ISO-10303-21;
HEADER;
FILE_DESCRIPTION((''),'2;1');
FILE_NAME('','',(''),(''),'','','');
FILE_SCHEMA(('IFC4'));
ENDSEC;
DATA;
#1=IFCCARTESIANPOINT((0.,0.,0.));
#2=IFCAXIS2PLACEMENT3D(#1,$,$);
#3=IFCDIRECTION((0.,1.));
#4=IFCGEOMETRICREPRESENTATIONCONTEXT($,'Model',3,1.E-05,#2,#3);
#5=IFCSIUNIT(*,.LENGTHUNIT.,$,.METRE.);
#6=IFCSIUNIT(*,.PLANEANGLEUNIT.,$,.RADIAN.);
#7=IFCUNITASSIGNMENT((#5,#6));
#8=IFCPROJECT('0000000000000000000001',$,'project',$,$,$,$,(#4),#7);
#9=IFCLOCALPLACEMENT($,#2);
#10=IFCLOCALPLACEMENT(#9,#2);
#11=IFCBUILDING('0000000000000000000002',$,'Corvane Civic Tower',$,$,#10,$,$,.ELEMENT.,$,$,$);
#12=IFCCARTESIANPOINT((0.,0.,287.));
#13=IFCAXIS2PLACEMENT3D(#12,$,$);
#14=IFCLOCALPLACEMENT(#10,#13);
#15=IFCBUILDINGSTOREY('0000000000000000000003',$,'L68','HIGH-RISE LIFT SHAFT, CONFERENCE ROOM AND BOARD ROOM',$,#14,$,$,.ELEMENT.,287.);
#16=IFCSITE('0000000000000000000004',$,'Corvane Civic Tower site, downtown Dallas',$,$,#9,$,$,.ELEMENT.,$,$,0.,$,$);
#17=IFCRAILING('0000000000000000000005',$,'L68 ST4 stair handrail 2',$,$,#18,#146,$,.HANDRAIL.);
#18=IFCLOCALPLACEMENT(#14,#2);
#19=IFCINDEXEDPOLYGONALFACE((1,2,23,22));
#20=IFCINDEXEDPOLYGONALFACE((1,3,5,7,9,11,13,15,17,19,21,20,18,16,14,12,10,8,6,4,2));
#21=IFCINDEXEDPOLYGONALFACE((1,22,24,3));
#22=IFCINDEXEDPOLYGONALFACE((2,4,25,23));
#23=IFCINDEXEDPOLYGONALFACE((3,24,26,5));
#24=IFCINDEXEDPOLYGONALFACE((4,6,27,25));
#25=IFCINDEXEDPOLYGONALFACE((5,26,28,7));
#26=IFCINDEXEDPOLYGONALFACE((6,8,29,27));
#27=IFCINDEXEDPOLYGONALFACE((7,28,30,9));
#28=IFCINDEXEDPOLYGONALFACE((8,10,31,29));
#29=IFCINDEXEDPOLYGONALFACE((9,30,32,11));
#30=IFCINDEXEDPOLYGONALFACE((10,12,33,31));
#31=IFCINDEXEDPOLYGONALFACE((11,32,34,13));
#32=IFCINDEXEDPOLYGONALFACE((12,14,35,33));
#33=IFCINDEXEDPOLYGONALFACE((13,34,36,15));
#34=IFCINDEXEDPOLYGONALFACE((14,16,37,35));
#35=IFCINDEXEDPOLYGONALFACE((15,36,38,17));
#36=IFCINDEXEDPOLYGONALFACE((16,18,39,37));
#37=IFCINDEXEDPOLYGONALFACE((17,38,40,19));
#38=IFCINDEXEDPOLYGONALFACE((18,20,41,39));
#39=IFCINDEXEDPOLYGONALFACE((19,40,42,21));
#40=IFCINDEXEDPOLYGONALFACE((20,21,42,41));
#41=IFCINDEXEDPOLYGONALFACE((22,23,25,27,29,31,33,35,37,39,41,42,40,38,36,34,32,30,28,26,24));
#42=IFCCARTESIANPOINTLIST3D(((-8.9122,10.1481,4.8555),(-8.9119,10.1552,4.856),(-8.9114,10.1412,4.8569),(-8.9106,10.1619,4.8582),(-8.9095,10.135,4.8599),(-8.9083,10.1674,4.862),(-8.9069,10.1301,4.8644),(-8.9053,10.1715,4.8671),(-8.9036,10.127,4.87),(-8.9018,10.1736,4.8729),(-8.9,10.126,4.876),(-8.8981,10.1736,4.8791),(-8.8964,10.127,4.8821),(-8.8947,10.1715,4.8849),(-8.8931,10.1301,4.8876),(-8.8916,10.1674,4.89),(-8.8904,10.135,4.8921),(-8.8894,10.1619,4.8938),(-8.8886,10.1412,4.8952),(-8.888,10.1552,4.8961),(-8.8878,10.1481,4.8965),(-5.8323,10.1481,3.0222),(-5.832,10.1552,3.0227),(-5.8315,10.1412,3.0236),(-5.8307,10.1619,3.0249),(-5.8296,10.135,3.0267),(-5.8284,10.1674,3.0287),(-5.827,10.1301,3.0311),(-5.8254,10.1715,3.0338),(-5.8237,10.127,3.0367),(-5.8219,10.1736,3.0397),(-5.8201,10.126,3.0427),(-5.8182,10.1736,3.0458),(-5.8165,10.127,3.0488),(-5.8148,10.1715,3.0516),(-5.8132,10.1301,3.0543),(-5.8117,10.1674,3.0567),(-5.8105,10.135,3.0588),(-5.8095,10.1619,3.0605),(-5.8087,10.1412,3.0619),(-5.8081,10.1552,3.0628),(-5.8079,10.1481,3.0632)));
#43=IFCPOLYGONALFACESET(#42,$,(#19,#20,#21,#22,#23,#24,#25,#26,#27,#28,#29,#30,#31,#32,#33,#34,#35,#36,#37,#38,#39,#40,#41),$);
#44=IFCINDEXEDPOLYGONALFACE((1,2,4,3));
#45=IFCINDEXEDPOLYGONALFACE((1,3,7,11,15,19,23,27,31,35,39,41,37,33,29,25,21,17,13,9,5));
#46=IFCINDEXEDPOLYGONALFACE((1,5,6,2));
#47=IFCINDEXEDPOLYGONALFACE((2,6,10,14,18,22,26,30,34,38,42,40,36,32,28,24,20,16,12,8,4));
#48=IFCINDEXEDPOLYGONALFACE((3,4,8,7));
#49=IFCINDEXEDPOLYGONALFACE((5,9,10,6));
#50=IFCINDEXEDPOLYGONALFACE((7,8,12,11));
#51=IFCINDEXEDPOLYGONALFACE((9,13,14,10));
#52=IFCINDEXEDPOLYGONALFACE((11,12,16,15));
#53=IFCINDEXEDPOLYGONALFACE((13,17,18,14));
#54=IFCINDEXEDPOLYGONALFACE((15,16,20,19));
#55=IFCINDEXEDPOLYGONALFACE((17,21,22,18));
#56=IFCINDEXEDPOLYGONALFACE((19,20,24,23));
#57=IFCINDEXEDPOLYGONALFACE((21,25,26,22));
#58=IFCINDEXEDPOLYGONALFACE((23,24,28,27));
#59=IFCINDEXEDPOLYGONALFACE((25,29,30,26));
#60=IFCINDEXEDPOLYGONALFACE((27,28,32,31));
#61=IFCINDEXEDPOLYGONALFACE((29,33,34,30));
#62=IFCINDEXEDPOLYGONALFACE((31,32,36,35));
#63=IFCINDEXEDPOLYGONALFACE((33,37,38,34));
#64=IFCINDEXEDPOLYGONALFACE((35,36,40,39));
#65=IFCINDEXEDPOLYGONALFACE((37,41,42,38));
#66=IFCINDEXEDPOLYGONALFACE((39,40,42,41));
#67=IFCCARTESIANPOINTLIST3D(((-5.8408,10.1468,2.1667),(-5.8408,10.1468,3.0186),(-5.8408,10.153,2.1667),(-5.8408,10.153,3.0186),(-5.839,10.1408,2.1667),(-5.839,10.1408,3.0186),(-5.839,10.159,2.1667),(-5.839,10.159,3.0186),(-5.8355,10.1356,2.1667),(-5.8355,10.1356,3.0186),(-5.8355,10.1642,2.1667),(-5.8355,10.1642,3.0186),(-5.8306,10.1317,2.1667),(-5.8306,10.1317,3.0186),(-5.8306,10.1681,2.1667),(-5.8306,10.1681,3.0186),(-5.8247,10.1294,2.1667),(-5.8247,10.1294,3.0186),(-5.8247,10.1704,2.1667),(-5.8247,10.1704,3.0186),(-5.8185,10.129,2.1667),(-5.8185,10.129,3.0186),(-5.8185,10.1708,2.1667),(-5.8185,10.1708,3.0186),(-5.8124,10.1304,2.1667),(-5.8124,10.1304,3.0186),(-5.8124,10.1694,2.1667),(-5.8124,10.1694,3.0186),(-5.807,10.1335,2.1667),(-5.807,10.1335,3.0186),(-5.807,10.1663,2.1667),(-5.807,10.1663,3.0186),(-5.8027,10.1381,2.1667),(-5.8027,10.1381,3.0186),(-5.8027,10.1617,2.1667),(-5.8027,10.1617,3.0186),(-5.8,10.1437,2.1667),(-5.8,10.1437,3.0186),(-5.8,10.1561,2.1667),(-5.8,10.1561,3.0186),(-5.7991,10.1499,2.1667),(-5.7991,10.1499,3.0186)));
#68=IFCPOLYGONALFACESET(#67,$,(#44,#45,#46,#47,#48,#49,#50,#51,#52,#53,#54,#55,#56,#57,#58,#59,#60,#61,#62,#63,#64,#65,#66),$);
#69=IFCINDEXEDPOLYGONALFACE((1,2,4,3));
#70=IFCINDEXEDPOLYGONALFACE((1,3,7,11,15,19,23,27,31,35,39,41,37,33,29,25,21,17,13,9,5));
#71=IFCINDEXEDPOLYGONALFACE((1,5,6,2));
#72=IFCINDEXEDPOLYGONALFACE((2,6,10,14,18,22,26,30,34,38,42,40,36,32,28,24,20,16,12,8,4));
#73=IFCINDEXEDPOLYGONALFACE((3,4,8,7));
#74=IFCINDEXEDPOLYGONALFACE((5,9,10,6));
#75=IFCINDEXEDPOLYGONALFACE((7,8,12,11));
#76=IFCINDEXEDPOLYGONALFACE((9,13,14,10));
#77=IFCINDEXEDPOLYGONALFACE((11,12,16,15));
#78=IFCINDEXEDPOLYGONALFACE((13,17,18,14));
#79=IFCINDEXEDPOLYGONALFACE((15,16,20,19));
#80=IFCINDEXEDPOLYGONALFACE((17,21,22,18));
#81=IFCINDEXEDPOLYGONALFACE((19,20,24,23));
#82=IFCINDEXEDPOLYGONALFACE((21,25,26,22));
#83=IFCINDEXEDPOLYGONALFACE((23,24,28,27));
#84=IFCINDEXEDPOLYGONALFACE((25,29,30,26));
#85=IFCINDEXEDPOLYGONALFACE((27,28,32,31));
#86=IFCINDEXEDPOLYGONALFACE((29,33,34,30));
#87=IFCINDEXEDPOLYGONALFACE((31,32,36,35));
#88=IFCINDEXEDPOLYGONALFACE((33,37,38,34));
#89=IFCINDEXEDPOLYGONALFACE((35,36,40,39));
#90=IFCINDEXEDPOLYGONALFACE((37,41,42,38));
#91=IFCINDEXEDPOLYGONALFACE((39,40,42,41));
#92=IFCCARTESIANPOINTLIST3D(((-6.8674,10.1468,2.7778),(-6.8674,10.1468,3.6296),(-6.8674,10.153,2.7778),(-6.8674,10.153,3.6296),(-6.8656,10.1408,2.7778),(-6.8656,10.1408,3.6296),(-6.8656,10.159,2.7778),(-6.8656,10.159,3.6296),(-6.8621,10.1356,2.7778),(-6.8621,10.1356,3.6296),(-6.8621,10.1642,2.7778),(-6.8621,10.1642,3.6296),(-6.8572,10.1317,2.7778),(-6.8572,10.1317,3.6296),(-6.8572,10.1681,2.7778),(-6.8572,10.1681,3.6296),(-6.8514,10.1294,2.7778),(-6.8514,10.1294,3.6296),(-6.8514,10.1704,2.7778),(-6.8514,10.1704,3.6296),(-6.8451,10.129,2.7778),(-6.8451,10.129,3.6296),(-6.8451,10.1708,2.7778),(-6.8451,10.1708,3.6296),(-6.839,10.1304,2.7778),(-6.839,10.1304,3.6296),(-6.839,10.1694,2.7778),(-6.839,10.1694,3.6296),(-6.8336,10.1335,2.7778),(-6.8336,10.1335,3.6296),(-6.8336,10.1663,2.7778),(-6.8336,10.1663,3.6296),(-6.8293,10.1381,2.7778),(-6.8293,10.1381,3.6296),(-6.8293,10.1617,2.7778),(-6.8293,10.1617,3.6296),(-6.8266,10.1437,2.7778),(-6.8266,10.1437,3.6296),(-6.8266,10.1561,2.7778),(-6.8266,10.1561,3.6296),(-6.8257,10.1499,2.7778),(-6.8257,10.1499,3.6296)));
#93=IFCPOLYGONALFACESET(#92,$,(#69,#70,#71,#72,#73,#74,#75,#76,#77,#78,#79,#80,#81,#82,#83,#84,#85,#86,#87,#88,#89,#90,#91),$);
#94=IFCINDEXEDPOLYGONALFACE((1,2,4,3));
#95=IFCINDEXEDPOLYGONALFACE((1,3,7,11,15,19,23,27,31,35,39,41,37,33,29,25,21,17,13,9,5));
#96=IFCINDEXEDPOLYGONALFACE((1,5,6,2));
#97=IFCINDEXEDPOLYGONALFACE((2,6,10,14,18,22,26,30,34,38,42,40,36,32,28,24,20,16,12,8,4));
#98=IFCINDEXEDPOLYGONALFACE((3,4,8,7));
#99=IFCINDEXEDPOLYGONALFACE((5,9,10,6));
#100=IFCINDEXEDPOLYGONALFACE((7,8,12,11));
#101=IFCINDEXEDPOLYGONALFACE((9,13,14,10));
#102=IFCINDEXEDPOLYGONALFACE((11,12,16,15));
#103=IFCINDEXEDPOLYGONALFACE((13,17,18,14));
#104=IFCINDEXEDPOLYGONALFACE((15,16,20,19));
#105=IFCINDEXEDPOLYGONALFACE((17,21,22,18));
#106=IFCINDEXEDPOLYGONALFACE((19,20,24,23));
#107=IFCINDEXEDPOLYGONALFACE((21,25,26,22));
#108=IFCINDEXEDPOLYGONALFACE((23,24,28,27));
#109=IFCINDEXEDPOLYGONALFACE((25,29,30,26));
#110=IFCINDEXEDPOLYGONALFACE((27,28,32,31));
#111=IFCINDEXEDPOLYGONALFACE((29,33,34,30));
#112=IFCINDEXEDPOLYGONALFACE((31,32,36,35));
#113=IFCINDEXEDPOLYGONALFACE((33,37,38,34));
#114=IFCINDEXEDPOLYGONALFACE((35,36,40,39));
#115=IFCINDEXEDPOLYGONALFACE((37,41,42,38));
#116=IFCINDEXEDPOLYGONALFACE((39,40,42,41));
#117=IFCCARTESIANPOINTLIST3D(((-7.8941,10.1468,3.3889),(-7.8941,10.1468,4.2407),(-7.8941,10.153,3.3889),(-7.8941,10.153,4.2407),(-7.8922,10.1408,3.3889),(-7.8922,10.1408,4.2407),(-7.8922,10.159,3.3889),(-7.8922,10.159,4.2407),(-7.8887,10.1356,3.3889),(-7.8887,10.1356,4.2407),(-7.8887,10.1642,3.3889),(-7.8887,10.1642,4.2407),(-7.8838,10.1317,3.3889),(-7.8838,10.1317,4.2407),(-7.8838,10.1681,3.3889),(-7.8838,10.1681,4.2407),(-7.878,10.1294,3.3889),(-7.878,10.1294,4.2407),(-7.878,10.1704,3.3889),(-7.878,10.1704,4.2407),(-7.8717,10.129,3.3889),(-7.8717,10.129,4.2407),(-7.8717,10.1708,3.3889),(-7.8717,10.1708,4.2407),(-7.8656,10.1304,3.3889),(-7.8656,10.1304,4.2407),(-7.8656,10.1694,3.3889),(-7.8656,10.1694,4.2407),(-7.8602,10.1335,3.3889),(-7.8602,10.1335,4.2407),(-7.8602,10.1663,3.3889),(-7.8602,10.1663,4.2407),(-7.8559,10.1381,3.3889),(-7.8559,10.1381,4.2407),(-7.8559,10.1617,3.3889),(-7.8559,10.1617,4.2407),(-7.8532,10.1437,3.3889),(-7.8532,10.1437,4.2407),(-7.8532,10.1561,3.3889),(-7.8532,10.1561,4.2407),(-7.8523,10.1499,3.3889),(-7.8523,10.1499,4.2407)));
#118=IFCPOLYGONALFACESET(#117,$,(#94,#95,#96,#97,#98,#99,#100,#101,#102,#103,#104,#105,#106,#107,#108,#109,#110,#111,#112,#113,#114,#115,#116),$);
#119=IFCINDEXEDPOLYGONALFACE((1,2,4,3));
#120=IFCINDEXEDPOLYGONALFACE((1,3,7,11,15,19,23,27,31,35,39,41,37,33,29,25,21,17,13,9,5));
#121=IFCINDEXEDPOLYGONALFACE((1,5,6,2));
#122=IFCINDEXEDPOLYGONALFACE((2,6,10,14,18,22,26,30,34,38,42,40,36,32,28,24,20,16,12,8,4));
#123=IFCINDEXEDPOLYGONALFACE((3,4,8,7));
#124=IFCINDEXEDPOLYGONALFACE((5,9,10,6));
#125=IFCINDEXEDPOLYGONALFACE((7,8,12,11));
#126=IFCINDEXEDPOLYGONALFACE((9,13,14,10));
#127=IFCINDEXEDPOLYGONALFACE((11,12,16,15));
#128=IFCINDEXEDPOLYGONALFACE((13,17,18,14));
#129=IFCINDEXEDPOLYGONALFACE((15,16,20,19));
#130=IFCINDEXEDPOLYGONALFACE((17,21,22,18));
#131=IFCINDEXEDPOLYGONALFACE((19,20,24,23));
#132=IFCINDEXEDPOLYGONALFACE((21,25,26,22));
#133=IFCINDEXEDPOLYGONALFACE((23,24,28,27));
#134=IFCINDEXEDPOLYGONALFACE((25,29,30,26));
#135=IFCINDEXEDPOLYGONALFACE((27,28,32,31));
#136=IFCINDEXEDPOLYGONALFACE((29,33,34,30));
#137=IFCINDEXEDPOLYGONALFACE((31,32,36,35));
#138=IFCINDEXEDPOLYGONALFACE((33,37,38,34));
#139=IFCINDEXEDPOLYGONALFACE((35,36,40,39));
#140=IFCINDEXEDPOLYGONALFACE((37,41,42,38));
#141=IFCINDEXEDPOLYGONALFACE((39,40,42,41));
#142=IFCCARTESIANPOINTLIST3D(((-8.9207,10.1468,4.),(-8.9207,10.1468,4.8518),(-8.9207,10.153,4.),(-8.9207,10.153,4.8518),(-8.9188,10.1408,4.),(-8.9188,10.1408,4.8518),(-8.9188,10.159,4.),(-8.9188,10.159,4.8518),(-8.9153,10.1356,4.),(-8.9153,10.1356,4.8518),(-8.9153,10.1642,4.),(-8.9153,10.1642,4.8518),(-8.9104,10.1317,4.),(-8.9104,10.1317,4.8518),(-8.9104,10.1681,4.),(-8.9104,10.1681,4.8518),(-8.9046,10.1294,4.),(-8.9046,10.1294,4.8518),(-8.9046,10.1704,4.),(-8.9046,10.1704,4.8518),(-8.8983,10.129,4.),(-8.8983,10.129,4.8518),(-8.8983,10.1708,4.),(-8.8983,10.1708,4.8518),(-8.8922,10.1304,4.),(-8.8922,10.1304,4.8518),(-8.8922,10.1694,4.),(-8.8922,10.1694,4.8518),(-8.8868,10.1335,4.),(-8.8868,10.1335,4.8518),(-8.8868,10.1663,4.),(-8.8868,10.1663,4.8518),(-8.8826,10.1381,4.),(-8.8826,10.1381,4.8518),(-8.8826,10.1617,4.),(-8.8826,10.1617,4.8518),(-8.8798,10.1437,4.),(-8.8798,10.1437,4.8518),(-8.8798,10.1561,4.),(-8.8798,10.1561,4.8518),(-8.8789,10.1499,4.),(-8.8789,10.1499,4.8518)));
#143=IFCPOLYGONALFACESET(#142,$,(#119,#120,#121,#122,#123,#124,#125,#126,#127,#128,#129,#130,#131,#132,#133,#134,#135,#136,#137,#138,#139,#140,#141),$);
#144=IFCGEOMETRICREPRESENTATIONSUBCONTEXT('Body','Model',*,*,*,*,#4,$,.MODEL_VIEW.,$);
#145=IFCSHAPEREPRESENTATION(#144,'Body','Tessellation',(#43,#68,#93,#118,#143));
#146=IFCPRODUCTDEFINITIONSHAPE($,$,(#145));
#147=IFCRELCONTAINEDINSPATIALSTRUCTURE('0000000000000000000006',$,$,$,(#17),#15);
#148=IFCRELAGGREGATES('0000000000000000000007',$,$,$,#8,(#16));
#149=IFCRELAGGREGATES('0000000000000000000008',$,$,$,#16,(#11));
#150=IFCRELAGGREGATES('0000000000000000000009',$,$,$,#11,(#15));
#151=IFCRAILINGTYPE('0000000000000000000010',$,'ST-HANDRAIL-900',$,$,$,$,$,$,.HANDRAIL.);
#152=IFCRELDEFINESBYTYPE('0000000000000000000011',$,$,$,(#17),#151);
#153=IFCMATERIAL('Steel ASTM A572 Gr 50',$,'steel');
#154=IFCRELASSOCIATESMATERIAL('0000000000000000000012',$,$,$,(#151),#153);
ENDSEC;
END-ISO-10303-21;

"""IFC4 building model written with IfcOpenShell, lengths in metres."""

from ifc_helpers import new_model, si_unit, direction, frame, origin, origin_2d, place, context, subcontext, project, spatial, circle, extrude, material, type_object, element, save


model = new_model("IFC4")

# Units and contexts
model_context = context("Model", 3, precision=1e-05, world=origin(), true_north=direction((0.0, 1.0)))
body_context = subcontext(model_context, "Body", "Model", "MODEL_VIEW")
ifc_project = project(units=[si_unit("LENGTHUNIT", "METRE"), si_unit("PLANEANGLEUNIT", "RADIAN")], contexts=[model_context])

# Site, building, storey
site_placement = place(None, origin())
site = spatial("IfcSite", under=ifc_project, at=site_placement, Name="Corvane Civic Tower site, downtown Dallas", CompositionType="ELEMENT", RefElevation=0.0)
building_placement = place(site_placement, origin())
building = spatial("IfcBuilding", under=site, at=building_placement, Name="Corvane Civic Tower", CompositionType="ELEMENT")
storey_placement = place(building_placement, frame((0.0, 0.0, 287.0)))
storey = spatial("IfcBuildingStorey", under=building, at=storey_placement, Name="L68", Description="HIGH-RISE LIFT SHAFT, CONFERENCE ROOM AND BOARD ROOM", CompositionType="ELEMENT", Elevation=287.0)

# Railing
ifc_material_1 = material(Name="Steel ASTM A572 Gr 50", Category="steel")
railing_type_1 = type_object("IfcRailingType", Name="ST-HANDRAIL-900", PredefinedType="HANDRAIL", material=ifc_material_1)
railing_1_placement = place(storey_placement, frame((-5.8201, 10.1499, 2.1667)))
element("IfcRailing", 1, at=railing_1_placement, inside=storey, type_object=railing_type_1, Name="L68 ST4 stair handrail 2", PredefinedType="HANDRAIL", context=body_context, shape_type="SweptSolid", body=[
    extrude(circle(Radius=0.0239, at=origin_2d()), frame((0.0, 0.0, 0.876), z_axis=(-0.859291, 0.0, 0.511487), x_axis=(0.0, -1.0, 0.0)), (0.0, 0.0, 1.0), 3.5842),
    extrude(circle(Radius=0.021, at=origin_2d()), origin(), (0.0, 0.0, 1.0), 0.8518),
    extrude(circle(Radius=0.021, at=origin_2d()), frame((-1.0266, 0.0, 0.6111)), (0.0, 0.0, 1.0), 0.8518),
    extrude(circle(Radius=0.021, at=origin_2d()), frame((-2.0532, 0.0, 1.2222)), (0.0, 0.0, 1.0), 0.8518),
    extrude(circle(Radius=0.021, at=origin_2d()), frame((-3.0798, 0.0, 1.8333)), (0.0, 0.0, 1.0), 0.8518),
])

save(model, "model.ifc")
